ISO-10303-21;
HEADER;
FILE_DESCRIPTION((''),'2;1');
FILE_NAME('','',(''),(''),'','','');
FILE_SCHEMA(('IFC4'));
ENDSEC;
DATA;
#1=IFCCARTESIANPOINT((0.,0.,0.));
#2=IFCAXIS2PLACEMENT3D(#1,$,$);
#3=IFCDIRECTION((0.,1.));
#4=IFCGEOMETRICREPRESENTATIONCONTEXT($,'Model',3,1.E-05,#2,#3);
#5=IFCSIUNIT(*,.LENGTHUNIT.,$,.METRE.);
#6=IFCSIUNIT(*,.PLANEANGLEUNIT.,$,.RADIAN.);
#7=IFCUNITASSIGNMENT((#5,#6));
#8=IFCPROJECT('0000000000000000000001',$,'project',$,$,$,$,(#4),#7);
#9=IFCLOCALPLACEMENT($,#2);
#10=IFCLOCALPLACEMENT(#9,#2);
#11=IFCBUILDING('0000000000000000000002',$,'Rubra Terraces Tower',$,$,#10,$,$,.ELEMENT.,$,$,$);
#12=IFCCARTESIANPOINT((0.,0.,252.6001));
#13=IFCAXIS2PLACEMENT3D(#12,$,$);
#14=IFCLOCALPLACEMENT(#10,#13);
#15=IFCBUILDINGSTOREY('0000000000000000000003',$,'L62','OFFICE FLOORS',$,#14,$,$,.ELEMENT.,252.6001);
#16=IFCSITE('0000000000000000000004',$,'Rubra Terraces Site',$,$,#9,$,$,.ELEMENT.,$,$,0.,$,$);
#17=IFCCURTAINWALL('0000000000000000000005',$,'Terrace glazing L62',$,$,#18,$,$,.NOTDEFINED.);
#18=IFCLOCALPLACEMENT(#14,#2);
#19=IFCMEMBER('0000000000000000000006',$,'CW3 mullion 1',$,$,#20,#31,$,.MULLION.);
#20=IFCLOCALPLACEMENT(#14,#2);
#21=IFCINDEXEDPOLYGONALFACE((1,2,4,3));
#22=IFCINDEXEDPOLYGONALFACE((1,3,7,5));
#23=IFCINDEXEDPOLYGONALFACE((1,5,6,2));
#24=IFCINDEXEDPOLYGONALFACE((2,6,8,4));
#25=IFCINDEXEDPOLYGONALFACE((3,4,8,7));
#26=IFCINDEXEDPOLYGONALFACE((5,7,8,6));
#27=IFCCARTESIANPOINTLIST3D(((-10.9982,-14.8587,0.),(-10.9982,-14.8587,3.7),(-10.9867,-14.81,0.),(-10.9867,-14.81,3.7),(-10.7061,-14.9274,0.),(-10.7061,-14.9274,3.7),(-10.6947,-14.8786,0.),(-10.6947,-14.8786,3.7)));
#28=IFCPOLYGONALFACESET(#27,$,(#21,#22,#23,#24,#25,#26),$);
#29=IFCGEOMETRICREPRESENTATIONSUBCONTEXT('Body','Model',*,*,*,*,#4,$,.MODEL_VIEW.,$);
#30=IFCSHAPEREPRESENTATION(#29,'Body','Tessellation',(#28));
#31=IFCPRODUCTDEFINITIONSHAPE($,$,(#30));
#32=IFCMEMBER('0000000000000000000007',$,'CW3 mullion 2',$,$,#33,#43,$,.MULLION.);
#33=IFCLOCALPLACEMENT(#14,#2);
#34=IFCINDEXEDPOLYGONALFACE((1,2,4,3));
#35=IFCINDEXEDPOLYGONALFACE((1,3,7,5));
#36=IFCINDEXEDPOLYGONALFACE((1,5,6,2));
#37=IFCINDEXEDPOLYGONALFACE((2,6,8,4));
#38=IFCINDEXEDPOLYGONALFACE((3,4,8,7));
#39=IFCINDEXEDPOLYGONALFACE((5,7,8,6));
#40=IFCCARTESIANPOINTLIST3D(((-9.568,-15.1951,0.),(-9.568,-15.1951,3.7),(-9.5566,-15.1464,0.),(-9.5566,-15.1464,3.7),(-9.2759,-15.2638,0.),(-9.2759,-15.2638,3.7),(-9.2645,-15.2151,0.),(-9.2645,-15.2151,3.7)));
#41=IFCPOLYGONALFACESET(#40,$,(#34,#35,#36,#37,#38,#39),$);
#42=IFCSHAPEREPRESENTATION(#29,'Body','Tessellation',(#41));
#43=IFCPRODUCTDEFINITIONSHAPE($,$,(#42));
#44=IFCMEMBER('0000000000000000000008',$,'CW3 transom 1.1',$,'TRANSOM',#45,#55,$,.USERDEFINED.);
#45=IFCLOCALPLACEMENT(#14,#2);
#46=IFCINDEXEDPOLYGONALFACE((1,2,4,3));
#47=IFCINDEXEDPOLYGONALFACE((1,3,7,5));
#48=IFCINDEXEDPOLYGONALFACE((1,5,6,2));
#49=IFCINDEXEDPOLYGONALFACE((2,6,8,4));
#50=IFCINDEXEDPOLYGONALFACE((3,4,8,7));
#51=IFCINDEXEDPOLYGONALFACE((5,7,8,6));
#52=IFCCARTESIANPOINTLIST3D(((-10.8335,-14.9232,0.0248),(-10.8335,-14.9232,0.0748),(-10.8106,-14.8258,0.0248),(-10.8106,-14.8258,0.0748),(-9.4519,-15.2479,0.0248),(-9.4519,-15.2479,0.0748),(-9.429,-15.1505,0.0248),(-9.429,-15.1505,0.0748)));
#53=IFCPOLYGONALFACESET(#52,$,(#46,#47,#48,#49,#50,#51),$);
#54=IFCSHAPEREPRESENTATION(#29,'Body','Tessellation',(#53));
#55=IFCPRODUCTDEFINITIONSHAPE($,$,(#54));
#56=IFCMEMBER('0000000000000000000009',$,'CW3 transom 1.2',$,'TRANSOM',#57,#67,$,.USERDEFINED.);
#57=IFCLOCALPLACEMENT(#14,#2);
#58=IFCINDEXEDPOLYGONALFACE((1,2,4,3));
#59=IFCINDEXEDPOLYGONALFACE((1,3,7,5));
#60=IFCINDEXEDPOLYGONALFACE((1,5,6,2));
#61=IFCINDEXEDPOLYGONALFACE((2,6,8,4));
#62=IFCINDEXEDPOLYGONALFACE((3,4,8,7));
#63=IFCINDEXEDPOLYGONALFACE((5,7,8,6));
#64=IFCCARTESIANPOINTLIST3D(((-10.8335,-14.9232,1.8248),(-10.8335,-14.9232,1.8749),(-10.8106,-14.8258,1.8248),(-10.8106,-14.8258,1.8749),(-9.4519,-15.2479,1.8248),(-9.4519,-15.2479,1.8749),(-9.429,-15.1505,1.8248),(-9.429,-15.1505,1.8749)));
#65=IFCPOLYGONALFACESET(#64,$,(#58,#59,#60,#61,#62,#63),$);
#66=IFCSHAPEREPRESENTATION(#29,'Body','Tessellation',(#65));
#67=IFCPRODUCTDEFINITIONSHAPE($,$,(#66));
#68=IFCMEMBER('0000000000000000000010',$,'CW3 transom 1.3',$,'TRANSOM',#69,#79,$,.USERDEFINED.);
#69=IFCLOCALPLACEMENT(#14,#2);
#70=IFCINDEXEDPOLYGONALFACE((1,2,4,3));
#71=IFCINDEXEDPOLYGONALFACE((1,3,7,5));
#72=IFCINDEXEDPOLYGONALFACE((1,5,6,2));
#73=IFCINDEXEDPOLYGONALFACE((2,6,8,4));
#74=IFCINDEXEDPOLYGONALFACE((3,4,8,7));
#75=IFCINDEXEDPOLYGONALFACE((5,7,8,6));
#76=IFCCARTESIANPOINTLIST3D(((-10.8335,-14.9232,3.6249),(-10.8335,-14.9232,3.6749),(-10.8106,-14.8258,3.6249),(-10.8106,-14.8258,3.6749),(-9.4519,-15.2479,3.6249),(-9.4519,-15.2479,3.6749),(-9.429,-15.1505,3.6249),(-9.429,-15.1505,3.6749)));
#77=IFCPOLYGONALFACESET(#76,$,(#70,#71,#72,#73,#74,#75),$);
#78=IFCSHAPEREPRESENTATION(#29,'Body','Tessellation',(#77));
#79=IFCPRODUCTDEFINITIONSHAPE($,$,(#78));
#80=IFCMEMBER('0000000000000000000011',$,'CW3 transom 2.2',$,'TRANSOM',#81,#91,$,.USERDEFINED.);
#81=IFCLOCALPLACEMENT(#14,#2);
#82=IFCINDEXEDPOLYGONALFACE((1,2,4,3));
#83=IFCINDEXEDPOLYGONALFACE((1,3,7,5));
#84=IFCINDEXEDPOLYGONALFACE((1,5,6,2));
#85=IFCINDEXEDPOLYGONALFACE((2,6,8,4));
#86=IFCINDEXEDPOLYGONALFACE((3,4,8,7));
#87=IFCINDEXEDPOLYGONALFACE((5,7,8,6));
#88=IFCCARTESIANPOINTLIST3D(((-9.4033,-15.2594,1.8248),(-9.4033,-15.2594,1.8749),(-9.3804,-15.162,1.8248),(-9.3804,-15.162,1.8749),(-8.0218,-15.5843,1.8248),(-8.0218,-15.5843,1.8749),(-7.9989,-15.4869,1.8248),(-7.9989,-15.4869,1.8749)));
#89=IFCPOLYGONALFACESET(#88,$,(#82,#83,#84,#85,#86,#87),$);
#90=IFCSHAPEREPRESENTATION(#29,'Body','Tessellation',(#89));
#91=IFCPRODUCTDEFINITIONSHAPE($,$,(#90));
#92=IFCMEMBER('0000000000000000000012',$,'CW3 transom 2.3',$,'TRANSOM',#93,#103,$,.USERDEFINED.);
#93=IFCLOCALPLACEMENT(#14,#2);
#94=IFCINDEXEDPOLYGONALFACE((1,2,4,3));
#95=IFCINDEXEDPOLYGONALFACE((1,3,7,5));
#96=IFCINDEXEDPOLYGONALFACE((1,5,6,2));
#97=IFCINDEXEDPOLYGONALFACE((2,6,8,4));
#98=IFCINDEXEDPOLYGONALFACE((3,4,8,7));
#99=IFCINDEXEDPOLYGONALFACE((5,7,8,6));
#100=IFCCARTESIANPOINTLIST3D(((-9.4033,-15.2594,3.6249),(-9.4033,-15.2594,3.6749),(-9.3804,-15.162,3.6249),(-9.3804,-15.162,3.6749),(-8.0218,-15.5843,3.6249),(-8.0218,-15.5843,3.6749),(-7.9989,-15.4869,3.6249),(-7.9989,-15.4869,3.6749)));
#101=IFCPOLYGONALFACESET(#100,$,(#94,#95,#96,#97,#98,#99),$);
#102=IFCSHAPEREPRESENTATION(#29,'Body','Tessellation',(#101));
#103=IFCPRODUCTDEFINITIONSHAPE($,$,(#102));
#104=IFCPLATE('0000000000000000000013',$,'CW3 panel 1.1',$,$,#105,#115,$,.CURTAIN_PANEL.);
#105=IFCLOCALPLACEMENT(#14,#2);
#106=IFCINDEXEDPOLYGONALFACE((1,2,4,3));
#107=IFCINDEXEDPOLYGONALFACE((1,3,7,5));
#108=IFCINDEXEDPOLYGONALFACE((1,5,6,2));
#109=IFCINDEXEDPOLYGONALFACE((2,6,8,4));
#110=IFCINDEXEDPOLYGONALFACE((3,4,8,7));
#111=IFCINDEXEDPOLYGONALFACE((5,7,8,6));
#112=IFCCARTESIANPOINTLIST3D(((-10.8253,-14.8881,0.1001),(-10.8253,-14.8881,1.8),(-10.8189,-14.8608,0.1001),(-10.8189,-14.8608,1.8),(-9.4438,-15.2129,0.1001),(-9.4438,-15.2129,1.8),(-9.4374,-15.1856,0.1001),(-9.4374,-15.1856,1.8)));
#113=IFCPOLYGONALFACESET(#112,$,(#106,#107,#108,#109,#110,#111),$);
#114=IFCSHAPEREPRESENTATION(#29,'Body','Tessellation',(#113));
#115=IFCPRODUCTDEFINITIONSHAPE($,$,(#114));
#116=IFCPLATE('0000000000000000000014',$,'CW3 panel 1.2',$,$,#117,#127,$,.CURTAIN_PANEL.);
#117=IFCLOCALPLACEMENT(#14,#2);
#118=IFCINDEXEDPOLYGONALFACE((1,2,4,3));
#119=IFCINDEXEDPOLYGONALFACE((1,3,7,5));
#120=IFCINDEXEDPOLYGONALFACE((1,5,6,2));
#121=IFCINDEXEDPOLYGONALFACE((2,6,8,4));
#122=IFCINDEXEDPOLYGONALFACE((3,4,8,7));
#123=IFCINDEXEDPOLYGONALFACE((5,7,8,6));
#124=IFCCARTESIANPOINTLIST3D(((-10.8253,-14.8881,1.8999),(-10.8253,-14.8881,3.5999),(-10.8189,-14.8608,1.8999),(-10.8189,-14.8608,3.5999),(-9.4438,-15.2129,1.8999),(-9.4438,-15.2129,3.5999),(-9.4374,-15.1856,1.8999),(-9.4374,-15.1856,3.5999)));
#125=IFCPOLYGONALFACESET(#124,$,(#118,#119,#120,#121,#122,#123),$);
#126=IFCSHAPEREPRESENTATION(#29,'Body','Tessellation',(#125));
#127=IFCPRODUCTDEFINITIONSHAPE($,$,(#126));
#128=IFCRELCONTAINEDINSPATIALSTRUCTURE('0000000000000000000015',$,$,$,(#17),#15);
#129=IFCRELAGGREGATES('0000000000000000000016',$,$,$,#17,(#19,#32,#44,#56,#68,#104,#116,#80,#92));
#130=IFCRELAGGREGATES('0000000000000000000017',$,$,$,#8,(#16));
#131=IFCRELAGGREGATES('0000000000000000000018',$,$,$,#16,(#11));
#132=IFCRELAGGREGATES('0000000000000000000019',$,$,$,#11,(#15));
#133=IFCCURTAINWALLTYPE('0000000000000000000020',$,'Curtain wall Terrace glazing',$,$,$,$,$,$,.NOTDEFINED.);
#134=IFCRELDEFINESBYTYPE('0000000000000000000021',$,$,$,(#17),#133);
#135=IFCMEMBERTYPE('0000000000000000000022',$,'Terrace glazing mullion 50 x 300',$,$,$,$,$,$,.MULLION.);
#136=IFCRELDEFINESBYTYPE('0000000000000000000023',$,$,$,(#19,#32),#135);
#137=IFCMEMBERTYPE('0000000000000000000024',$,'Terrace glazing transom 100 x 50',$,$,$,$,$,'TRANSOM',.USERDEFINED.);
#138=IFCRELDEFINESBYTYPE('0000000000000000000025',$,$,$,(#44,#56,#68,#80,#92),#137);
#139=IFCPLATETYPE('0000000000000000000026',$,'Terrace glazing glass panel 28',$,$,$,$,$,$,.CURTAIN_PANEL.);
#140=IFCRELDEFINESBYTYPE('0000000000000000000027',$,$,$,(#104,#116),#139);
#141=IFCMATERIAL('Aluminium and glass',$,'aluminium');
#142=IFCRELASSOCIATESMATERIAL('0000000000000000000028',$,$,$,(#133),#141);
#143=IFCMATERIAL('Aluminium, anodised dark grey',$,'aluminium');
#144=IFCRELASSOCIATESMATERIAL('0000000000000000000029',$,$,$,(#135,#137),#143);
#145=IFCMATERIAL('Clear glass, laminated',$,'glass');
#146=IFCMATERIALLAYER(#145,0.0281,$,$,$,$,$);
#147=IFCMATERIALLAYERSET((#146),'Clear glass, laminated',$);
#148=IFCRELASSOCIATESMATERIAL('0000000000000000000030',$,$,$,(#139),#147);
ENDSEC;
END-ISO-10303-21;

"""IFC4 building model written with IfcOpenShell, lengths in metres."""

from ifc_helpers import new_model, si_unit, direction, frame, origin, origin_2d, place, context, subcontext, project, spatial, rectangle, extrude, material, layer, layer_set, material_profile, profile_set, type_object, element, aggregate, save


model = new_model("IFC4")

# Units and contexts
model_context = context("Model", 3, precision=1e-05, world=origin(), true_north=direction((0.0, 1.0)))
body_context = subcontext(model_context, "Body", "Model", "MODEL_VIEW")
ifc_project = project(units=[si_unit("LENGTHUNIT", "METRE"), si_unit("PLANEANGLEUNIT", "RADIAN")], contexts=[model_context])

# Site, building, storey
site_placement = place(None, origin())
site = spatial("IfcSite", under=ifc_project, at=site_placement, Name="Rubra Terraces Site", CompositionType="ELEMENT", RefElevation=0.0)
building_placement = place(site_placement, origin())
building = spatial("IfcBuilding", under=site, at=building_placement, Name="Rubra Terraces Tower", CompositionType="ELEMENT")
storey_placement = place(building_placement, frame((0.0, 0.0, 252.6001)))
storey = spatial("IfcBuildingStorey", under=building, at=storey_placement, Name="L62", Description="OFFICE FLOORS", CompositionType="ELEMENT", Elevation=252.6001)

# Curtain wall, members, plates
ifc_material_1 = material(Name="Aluminium and glass", Category="aluminium")
curtain_wall_type = type_object("IfcCurtainWallType", Name="Curtain wall Terrace glazing", PredefinedType="NOTDEFINED", material=ifc_material_1)
curtain_wall_placement = place(storey_placement, origin())
curtain_wall = element("IfcCurtainWall", 1, at=curtain_wall_placement, inside=storey, type_object=curtain_wall_type, Name="Terrace glazing L62", PredefinedType="NOTDEFINED")
ifc_material_2 = material(Name="Aluminium, anodised dark grey", Category="aluminium")
ifc_material_profile_1 = material_profile(ifc_material_2, rectangle(XDim=0.05, YDim=0.3, at=origin_2d()), Name="AL 50x300")
ifc_profile_set_1 = profile_set([ifc_material_profile_1], Name="Aluminium, anodised dark grey")
member_type_1 = type_object("IfcMemberType", Name="Terrace glazing mullion 50 x 300", PredefinedType="MULLION", material=ifc_profile_set_1)
member_1_placement = place(storey_placement, frame((-10.8464, -14.8687, 0.0), z_axis=(0.0, 0.0, 1.0), x_axis=(0.22889, 0.973452, 0.0)))
member_1 = element("IfcMember", 2, at=member_1_placement, type_object=member_type_1, Name="CW3 mullion 1", PredefinedType="MULLION", context=body_context, shape_type="SweptSolid", body=[
    extrude(rectangle(XDim=0.05, YDim=0.3, at=origin_2d()), origin(), (0.0, 0.0, 1.0), 3.7),
])
member_2_placement = place(storey_placement, frame((-9.4163, -15.2051, 0.0), z_axis=(0.0, 0.0, 1.0), x_axis=(0.22889, 0.973452, 0.0)))
member_2 = element("IfcMember", 3, at=member_2_placement, type_object=member_type_1, Name="CW3 mullion 2", PredefinedType="MULLION", context=body_context, shape_type="SweptSolid", body=[
    extrude(rectangle(XDim=0.05, YDim=0.3, at=origin_2d()), origin(), (0.0, 0.0, 1.0), 3.7),
])
ifc_material_profile_2 = material_profile(ifc_material_2, rectangle(XDim=0.1001, YDim=0.05, at=origin_2d()), Name="AL 100x50")
ifc_profile_set_2 = profile_set([ifc_material_profile_2], Name="Aluminium, anodised dark grey")
member_type_2 = type_object("IfcMemberType", Name="Terrace glazing transom 100 x 50", ElementType="TRANSOM", PredefinedType="USERDEFINED", material=ifc_profile_set_2)
member_3_placement = place(storey_placement, frame((-10.822, -14.8745, 0.0498), z_axis=(0.973476, -0.22879, 0.0), x_axis=(0.22879, 0.973476, 0.0)))
member_3 = element("IfcMember", 4, at=member_3_placement, type_object=member_type_2, Name="CW3 transom 1.1", ObjectType="TRANSOM", PredefinedType="USERDEFINED", context=body_context, shape_type="SweptSolid", body=[
    extrude(rectangle(XDim=0.1001, YDim=0.05, at=origin_2d()), origin(), (0.0, 0.0, 1.0), 1.4192),
])
member_4_placement = place(storey_placement, frame((-10.822, -14.8745, 1.8499), z_axis=(0.973476, -0.22879, 0.0), x_axis=(0.22879, 0.973476, 0.0)))
member_4 = element("IfcMember", 5, at=member_4_placement, type_object=member_type_2, Name="CW3 transom 1.2", ObjectType="TRANSOM", PredefinedType="USERDEFINED", context=body_context, shape_type="SweptSolid", body=[
    extrude(rectangle(XDim=0.1001, YDim=0.05, at=origin_2d()), origin(), (0.0, 0.0, 1.0), 1.4192),
])
member_5_placement = place(storey_placement, frame((-10.822, -14.8745, 3.6499), z_axis=(0.973476, -0.22879, 0.0), x_axis=(0.22879, 0.973476, 0.0)))
member_5 = element("IfcMember", 6, at=member_5_placement, type_object=member_type_2, Name="CW3 transom 1.3", ObjectType="TRANSOM", PredefinedType="USERDEFINED", context=body_context, shape_type="SweptSolid", body=[
    extrude(rectangle(XDim=0.1001, YDim=0.05, at=origin_2d()), origin(), (0.0, 0.0, 1.0), 1.4192),
])
member_6_placement = place(storey_placement, frame((-9.3918, -15.2107, 1.8499), z_axis=(0.973437, -0.228953, 0.0), x_axis=(0.228953, 0.973437, 0.0)))
member_6 = element("IfcMember", 7, at=member_6_placement, type_object=member_type_2, Name="CW3 transom 2.2", ObjectType="TRANSOM", PredefinedType="USERDEFINED", context=body_context, shape_type="SweptSolid", body=[
    extrude(rectangle(XDim=0.1001, YDim=0.05, at=origin_2d()), origin(), (0.0, 0.0, 1.0), 1.4192),
])
member_7_placement = place(storey_placement, frame((-9.3918, -15.2107, 3.6499), z_axis=(0.973437, -0.228953, 0.0), x_axis=(0.228953, 0.973437, 0.0)))
member_7 = element("IfcMember", 8, at=member_7_placement, type_object=member_type_2, Name="CW3 transom 2.3", ObjectType="TRANSOM", PredefinedType="USERDEFINED", context=body_context, shape_type="SweptSolid", body=[
    extrude(rectangle(XDim=0.1001, YDim=0.05, at=origin_2d()), origin(), (0.0, 0.0, 1.0), 1.4192),
])
ifc_material_3 = material(Name="Clear glass, laminated", Category="glass")
ifc_layer_1 = layer(ifc_material_3, 0.0281)
ifc_layer_set_1 = layer_set([ifc_layer_1], Name="Clear glass, laminated")
plate_type = type_object("IfcPlateType", Name="Terrace glazing glass panel 28", PredefinedType="CURTAIN_PANEL", material=ifc_layer_set_1)
plate_1_placement = place(storey_placement, frame((-10.1313, -15.0369, 0.1001), z_axis=(0.0, 0.0, 1.0), x_axis=(0.973452, -0.22889, 0.0)))
plate_1 = element("IfcPlate", 9, at=plate_1_placement, type_object=plate_type, Name="CW3 panel 1.1", PredefinedType="CURTAIN_PANEL", context=body_context, shape_type="SweptSolid", body=[
    extrude(rectangle(XDim=1.4192, YDim=0.0281, at=origin_2d()), origin(), (0.0, 0.0, 1.0), 1.7),
])
plate_2_placement = place(storey_placement, frame((-10.1313, -15.0369, 1.8999), z_axis=(0.0, 0.0, 1.0), x_axis=(0.973452, -0.22889, 0.0)))
plate_2 = element("IfcPlate", 10, at=plate_2_placement, type_object=plate_type, Name="CW3 panel 1.2", PredefinedType="CURTAIN_PANEL", context=body_context, shape_type="SweptSolid", body=[
    extrude(rectangle(XDim=1.4192, YDim=0.0281, at=origin_2d()), origin(), (0.0, 0.0, 1.0), 1.7),
])
aggregate(curtain_wall, [member_1, member_2, member_3, member_4, member_5, plate_1, plate_2, member_6, member_7])

save(model, "model.ifc")
